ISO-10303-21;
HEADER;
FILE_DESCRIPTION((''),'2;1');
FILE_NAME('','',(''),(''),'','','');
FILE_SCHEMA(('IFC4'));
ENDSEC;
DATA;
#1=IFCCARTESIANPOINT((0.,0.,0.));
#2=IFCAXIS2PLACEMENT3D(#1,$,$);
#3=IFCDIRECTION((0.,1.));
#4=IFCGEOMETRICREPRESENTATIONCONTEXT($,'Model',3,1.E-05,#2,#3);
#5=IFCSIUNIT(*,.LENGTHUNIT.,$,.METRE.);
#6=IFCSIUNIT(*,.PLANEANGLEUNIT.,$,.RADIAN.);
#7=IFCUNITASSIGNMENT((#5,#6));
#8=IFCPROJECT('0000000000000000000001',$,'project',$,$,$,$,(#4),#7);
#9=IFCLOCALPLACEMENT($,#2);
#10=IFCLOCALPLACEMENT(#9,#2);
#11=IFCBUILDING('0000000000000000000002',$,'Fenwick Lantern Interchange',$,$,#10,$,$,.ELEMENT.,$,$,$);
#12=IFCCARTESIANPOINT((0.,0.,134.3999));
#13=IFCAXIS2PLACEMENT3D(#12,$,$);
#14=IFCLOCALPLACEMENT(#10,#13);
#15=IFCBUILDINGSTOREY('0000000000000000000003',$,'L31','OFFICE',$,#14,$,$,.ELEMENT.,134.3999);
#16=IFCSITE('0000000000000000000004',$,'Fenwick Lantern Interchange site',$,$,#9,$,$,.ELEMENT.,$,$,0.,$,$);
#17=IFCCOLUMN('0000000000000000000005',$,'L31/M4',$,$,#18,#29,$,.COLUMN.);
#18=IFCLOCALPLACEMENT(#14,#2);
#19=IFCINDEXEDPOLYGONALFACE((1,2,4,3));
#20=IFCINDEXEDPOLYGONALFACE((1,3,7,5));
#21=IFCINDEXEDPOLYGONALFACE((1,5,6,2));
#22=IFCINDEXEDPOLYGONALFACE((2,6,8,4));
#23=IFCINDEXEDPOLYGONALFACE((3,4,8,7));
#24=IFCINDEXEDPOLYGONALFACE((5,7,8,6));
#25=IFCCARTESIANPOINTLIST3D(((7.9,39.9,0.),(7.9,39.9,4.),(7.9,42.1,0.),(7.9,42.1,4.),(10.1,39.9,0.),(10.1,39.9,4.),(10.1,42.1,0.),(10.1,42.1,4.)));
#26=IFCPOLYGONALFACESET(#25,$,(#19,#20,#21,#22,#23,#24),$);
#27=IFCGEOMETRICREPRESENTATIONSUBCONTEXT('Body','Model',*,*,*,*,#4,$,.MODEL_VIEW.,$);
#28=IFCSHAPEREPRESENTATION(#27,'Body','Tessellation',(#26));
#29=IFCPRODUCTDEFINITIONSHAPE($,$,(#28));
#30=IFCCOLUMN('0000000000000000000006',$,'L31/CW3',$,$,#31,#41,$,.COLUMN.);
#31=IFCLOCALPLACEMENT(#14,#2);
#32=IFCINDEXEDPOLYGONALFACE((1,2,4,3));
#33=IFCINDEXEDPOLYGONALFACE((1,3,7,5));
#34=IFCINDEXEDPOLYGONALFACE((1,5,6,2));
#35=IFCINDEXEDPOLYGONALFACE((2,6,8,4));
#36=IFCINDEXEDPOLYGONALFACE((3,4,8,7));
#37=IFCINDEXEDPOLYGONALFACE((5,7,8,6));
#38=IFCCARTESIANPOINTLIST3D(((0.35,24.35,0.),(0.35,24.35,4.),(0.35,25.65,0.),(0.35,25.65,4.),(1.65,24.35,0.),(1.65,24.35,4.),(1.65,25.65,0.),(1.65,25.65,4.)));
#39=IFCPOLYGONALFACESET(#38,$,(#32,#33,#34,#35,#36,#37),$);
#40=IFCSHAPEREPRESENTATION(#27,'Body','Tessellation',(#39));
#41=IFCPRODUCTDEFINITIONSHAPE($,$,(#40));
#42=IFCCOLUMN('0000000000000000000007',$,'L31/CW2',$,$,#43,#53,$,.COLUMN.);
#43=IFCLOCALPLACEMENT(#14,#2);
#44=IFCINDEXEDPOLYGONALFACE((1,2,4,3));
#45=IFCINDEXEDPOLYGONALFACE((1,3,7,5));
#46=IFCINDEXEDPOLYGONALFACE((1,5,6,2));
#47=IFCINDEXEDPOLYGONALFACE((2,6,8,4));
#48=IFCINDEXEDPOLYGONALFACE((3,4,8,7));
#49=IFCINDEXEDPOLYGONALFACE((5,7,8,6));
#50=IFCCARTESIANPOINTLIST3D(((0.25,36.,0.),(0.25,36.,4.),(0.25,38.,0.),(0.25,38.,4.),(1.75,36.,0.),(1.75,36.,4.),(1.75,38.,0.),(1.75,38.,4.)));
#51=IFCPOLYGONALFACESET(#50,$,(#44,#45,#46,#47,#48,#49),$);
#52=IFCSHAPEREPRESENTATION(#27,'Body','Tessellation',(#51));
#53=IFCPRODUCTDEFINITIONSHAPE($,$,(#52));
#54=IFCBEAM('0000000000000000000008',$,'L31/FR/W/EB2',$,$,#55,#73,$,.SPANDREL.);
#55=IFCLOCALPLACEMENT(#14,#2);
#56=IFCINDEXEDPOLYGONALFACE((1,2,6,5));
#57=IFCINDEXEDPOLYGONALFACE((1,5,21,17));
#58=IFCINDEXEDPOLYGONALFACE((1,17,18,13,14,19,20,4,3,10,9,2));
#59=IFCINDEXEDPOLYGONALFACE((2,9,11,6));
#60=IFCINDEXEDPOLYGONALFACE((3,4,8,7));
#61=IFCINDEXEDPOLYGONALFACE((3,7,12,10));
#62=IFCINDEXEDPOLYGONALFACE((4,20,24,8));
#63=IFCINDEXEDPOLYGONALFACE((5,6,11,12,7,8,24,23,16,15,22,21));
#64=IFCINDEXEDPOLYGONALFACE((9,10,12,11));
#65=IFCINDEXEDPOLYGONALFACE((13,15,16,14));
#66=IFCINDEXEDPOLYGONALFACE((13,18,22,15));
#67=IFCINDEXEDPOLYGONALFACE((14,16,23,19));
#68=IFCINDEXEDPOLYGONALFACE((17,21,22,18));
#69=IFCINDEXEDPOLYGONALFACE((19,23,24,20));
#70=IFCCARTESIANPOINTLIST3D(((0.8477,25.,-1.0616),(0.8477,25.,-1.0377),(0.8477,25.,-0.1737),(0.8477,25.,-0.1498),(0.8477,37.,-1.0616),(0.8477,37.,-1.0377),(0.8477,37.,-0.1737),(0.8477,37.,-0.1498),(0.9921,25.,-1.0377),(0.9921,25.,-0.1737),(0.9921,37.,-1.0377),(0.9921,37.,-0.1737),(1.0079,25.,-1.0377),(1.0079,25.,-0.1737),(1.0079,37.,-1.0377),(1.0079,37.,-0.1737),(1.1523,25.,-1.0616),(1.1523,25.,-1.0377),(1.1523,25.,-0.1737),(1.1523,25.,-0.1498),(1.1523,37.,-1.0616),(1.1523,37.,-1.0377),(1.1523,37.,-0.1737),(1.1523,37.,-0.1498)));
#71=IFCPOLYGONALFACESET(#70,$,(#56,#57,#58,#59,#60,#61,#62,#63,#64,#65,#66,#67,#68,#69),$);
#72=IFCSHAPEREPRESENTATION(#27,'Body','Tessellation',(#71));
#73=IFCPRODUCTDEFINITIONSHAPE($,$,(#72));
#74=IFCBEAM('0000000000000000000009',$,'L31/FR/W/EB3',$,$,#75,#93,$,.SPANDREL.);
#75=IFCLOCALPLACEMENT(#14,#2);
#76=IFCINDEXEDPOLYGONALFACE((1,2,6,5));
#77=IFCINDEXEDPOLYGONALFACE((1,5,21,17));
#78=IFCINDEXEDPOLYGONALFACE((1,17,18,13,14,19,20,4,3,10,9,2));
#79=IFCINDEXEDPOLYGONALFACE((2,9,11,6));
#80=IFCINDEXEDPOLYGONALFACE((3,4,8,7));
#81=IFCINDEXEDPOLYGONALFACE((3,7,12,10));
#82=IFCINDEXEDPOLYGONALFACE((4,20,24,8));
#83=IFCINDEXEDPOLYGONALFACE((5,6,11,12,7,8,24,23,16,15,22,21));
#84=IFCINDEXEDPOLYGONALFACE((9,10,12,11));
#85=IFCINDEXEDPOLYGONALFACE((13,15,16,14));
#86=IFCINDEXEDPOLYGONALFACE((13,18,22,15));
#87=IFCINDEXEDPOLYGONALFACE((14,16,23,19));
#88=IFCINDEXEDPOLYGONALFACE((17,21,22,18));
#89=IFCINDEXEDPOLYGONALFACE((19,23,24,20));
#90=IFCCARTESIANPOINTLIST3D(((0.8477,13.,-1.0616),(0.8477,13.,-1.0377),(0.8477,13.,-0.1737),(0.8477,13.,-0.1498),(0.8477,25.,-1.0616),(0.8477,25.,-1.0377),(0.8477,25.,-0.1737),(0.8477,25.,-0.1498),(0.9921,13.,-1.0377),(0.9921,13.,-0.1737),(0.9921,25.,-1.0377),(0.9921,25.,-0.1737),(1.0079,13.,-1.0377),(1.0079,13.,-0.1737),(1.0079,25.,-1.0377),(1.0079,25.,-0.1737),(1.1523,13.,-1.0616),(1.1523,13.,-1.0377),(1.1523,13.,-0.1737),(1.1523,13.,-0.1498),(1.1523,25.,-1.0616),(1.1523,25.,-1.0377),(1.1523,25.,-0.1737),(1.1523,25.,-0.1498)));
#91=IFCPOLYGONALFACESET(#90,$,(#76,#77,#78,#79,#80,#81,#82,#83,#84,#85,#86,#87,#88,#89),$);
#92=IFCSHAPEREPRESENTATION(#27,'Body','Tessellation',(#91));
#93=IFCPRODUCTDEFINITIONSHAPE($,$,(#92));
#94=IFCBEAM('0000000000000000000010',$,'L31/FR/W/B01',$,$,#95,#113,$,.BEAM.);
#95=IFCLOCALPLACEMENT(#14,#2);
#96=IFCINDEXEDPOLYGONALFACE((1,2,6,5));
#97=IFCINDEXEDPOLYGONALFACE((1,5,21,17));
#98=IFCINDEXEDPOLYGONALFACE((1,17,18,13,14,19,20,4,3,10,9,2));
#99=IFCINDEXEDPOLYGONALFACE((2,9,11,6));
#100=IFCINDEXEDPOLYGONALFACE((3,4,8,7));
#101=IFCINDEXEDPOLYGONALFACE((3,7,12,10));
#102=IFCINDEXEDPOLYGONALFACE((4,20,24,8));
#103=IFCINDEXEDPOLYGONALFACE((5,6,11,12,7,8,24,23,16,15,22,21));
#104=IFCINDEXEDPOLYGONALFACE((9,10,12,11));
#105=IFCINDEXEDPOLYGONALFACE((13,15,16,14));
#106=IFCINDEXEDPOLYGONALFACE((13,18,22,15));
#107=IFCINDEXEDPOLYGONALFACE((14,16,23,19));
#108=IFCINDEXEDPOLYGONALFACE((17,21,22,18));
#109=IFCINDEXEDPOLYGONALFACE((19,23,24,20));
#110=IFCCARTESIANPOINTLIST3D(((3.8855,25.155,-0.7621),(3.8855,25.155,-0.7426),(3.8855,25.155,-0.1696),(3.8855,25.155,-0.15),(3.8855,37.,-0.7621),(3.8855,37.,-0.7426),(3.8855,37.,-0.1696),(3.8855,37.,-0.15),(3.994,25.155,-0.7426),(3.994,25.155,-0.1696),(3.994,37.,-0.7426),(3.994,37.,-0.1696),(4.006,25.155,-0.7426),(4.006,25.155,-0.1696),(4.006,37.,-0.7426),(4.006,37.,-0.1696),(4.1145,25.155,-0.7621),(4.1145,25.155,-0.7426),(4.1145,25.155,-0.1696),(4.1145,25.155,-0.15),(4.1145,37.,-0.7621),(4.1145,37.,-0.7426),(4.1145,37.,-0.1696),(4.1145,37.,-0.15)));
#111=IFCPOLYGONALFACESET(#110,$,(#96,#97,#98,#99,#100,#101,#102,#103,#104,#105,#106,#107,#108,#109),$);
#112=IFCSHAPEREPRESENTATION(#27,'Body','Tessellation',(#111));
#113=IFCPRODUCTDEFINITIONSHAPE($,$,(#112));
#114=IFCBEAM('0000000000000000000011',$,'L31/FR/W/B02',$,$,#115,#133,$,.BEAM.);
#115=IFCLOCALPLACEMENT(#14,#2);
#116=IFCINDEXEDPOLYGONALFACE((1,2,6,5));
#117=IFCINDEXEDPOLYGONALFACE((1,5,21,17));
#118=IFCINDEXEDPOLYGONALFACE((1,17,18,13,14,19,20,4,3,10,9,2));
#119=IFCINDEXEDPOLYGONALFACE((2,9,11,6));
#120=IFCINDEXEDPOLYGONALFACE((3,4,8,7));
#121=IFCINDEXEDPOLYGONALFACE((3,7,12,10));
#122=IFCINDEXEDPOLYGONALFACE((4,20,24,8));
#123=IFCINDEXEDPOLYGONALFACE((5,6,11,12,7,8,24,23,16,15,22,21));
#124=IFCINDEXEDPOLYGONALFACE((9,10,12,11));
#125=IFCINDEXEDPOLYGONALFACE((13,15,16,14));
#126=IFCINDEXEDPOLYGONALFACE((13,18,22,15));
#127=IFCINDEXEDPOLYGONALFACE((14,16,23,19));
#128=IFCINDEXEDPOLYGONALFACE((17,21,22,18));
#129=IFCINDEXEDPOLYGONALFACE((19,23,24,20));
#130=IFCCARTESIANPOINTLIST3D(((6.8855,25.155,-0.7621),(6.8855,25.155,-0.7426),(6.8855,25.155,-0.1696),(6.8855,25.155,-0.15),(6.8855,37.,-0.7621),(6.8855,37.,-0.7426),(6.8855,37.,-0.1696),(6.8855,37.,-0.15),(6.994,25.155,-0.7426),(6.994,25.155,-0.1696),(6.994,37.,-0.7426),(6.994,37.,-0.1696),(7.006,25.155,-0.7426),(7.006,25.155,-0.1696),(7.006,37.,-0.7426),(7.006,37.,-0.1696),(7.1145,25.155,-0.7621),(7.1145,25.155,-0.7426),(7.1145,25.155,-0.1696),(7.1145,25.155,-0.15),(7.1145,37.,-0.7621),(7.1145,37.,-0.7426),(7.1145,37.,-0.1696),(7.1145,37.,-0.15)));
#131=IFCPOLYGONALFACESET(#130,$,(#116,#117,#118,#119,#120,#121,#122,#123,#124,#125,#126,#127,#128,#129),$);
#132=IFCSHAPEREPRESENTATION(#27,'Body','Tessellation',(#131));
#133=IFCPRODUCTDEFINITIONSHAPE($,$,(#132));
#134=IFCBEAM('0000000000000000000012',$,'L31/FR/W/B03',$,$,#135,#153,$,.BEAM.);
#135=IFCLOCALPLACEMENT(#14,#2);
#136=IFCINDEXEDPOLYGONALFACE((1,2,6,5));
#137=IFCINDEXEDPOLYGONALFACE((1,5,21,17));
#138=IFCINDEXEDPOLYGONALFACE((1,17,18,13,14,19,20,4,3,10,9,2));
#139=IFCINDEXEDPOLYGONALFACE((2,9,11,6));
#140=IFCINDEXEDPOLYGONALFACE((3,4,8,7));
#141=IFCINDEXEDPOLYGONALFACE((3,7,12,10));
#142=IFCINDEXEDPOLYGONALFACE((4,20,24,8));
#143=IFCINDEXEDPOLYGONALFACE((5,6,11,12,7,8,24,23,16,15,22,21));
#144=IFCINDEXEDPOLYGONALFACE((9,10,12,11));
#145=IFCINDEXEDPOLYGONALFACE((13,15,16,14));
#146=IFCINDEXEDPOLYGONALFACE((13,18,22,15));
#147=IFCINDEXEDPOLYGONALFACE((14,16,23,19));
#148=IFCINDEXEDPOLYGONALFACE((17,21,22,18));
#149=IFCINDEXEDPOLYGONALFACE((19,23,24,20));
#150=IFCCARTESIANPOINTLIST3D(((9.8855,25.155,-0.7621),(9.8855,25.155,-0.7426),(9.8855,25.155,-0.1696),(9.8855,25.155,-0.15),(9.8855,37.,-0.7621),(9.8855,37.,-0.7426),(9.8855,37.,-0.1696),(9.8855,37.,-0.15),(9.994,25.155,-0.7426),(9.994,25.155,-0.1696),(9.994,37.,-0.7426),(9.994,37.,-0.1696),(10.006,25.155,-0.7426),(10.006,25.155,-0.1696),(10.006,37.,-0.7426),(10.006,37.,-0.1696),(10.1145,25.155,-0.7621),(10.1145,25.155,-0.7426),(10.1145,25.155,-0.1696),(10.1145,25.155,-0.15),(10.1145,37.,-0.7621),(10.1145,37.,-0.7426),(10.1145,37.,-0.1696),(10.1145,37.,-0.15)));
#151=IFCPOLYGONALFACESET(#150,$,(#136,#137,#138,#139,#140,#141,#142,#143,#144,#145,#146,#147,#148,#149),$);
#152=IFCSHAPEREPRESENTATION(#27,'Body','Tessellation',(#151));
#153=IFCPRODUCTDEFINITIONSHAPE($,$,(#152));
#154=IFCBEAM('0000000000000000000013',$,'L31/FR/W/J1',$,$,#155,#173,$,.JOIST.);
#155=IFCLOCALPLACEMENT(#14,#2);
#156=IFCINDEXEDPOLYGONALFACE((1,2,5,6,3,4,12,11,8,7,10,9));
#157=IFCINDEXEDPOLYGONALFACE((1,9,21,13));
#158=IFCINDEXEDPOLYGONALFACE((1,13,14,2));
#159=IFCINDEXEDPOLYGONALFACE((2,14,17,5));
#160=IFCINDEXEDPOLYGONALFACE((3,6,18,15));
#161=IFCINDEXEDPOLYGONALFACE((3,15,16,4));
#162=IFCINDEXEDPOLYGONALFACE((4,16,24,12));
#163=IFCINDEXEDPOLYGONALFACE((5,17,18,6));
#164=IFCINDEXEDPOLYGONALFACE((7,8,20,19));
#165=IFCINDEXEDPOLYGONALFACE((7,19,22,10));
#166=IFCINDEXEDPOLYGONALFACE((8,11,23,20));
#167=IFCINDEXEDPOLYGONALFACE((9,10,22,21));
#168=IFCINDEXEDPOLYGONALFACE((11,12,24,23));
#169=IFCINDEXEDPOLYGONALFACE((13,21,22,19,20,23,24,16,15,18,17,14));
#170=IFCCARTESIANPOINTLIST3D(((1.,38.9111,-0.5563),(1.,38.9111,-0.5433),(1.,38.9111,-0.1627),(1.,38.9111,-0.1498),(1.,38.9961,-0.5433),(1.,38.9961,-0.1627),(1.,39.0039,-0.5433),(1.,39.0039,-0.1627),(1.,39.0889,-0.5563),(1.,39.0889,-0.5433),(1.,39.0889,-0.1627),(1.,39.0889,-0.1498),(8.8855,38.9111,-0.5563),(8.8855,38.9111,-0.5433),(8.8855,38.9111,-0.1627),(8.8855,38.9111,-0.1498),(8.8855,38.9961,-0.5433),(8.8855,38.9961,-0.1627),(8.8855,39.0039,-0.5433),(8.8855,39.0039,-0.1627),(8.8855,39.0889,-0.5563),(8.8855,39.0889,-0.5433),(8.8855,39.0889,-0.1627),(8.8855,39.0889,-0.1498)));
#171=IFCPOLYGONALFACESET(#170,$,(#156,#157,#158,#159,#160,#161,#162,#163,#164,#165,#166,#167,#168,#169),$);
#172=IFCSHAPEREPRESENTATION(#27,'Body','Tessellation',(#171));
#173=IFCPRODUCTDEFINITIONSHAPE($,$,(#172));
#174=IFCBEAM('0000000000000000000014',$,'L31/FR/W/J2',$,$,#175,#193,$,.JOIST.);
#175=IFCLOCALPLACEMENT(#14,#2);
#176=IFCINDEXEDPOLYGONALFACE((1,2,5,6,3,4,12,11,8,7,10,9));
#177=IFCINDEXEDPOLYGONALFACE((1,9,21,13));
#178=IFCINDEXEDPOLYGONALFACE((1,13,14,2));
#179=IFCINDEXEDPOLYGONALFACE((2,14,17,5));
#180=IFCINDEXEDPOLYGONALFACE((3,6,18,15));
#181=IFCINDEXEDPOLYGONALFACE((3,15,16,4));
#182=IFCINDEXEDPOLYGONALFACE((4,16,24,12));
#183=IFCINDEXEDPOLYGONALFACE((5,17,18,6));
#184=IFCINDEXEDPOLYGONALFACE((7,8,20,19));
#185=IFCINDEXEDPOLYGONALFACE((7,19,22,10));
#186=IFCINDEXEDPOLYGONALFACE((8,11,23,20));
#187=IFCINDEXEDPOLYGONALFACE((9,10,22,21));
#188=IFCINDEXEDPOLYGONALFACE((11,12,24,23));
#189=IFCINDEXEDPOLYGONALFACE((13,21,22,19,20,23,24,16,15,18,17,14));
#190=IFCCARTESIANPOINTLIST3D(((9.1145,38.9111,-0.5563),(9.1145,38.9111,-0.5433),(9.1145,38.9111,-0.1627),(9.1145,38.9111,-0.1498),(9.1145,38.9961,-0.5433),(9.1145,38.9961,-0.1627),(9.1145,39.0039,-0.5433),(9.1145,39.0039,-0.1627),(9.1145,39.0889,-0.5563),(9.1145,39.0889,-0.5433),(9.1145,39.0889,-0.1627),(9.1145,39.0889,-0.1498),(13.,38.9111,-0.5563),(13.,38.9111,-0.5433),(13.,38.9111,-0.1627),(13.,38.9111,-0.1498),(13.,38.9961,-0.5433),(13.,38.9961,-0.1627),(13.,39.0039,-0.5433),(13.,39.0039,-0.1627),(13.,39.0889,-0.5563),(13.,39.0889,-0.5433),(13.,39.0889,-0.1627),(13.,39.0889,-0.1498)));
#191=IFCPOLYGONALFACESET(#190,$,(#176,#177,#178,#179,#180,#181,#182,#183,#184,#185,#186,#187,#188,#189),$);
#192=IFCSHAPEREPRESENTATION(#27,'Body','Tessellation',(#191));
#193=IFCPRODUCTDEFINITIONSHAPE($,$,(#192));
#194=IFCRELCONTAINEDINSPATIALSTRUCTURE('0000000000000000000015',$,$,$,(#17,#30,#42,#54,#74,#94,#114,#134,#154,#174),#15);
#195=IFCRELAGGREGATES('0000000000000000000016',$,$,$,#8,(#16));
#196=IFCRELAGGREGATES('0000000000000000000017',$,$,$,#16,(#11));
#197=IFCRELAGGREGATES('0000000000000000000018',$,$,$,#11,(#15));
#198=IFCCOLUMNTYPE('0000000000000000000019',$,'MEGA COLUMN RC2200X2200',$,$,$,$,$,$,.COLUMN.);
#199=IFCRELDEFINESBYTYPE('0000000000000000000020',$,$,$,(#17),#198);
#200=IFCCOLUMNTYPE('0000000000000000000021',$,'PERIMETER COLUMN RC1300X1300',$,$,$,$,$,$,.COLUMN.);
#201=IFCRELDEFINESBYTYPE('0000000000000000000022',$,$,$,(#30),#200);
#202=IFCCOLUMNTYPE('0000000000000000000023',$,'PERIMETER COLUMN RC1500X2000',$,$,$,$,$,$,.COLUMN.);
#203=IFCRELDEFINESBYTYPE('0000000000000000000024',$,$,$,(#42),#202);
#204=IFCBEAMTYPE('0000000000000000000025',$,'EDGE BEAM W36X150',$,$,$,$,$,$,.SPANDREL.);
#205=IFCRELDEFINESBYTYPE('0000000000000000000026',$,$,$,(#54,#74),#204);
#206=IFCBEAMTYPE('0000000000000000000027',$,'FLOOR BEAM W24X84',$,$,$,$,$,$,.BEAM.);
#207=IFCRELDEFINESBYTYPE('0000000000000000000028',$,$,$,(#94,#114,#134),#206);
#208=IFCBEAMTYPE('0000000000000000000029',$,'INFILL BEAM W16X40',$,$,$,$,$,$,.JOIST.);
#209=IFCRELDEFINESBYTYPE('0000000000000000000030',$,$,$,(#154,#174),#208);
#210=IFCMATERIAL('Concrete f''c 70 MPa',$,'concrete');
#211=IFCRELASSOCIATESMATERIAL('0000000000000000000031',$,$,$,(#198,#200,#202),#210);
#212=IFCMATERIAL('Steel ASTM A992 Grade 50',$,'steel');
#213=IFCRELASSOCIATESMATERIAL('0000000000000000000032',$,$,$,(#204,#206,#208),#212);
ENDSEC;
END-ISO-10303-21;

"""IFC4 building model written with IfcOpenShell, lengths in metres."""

from ifc_helpers import new_model, si_unit, direction, frame, origin, origin_2d, place, context, subcontext, project, spatial, rectangle, i_section, extrude, material, material_profile, profile_set, type_object, element, save


model = new_model("IFC4")

# Units and contexts
model_context = context("Model", 3, precision=1e-05, world=origin(), true_north=direction((0.0, 1.0)))
body_context = subcontext(model_context, "Body", "Model", "MODEL_VIEW")
ifc_project = project(units=[si_unit("LENGTHUNIT", "METRE"), si_unit("PLANEANGLEUNIT", "RADIAN")], contexts=[model_context])

# Site, building, storey
site_placement = place(None, origin())
site = spatial("IfcSite", under=ifc_project, at=site_placement, Name="Fenwick Lantern Interchange site", CompositionType="ELEMENT", RefElevation=0.0)
building_placement = place(site_placement, origin())
building = spatial("IfcBuilding", under=site, at=building_placement, Name="Fenwick Lantern Interchange", CompositionType="ELEMENT")
storey_placement = place(building_placement, frame((0.0, 0.0, 134.3999)))
storey = spatial("IfcBuildingStorey", under=building, at=storey_placement, Name="L31", Description="OFFICE", CompositionType="ELEMENT", Elevation=134.3999)

# Columns
ifc_material_1 = material(Name="Concrete f'c 70 MPa", Category="concrete")
ifc_material_profile_1 = material_profile(ifc_material_1, rectangle(XDim=2.2, YDim=2.2, at=origin_2d()), Name="RC2200X2200")
ifc_profile_set_1 = profile_set([ifc_material_profile_1], Name="Concrete f'c 70 MPa")
column_type_1 = type_object("IfcColumnType", Name="MEGA COLUMN RC2200X2200", PredefinedType="COLUMN", material=ifc_profile_set_1)
column_1_placement = place(storey_placement, frame((9.0, 41.0, 0.0), z_axis=(0.0, 0.0, 1.0), x_axis=(1.0, 0.0, 0.0)))
element("IfcColumn", 1, at=column_1_placement, inside=storey, type_object=column_type_1, Name="L31/M4", PredefinedType="COLUMN", context=body_context, shape_type="SweptSolid", body=[
    extrude(rectangle(XDim=2.2, YDim=2.2, at=origin_2d()), origin(), (0.0, 0.0, 1.0), 4.0),
])
ifc_material_profile_2 = material_profile(ifc_material_1, rectangle(XDim=1.3, YDim=1.3, at=origin_2d()), Name="RC1300X1300")
ifc_profile_set_2 = profile_set([ifc_material_profile_2], Name="Concrete f'c 70 MPa")
column_type_2 = type_object("IfcColumnType", Name="PERIMETER COLUMN RC1300X1300", PredefinedType="COLUMN", material=ifc_profile_set_2)
column_2_placement = place(storey_placement, frame((1.0, 25.0, 0.0), z_axis=(0.0, 0.0, 1.0), x_axis=(1.0, 0.0, 0.0)))
element("IfcColumn", 2, at=column_2_placement, inside=storey, type_object=column_type_2, Name="L31/CW3", PredefinedType="COLUMN", context=body_context, shape_type="SweptSolid", body=[
    extrude(rectangle(XDim=1.3, YDim=1.3, at=origin_2d()), origin(), (0.0, 0.0, 1.0), 4.0),
])
ifc_material_profile_3 = material_profile(ifc_material_1, rectangle(XDim=1.5, YDim=2.0, at=origin_2d()), Name="RC1500X2000")
ifc_profile_set_3 = profile_set([ifc_material_profile_3], Name="Concrete f'c 70 MPa")
column_type_3 = type_object("IfcColumnType", Name="PERIMETER COLUMN RC1500X2000", PredefinedType="COLUMN", material=ifc_profile_set_3)
column_3_placement = place(storey_placement, frame((1.0, 37.0, 0.0), z_axis=(0.0, 0.0, 1.0), x_axis=(1.0, 0.0, 0.0)))
element("IfcColumn", 3, at=column_3_placement, inside=storey, type_object=column_type_3, Name="L31/CW2", PredefinedType="COLUMN", context=body_context, shape_type="SweptSolid", body=[
    extrude(rectangle(XDim=1.5, YDim=2.0, at=origin_2d()), origin(), (0.0, 0.0, 1.0), 4.0),
])

# Beams
ifc_material_2 = material(Name="Steel ASTM A992 Grade 50", Category="steel")
ifc_material_profile_4 = material_profile(ifc_material_2, i_section(OverallWidth=0.3047, OverallDepth=0.9119, WebThickness=0.0159, FlangeThickness=0.0239, at=origin_2d()), Name="W36X150")
ifc_profile_set_4 = profile_set([ifc_material_profile_4], Name="Steel ASTM A992 Grade 50")
beam_type_1 = type_object("IfcBeamType", Name="EDGE BEAM W36X150", PredefinedType="SPANDREL", material=ifc_profile_set_4)
for number, where, z_axis, x_axis, name in (
    (4, (1.0, 37.0, -0.6057), (0.0, -1.0, 0.0), (1.0, 0.0, 0.0), "L31/FR/W/EB2"),
    (5, (1.0, 25.0, -0.6057), (0.0, -1.0, 0.0), (1.0, 0.0, 0.0), "L31/FR/W/EB3"),
):
    element("IfcBeam", number, at=place(storey_placement, frame(where, z_axis=z_axis, x_axis=x_axis)), inside=storey, type_object=beam_type_1, Name=name, PredefinedType="SPANDREL", context=body_context, shape_type="SweptSolid", body=[
        extrude(i_section(OverallWidth=0.3047, OverallDepth=0.9119, WebThickness=0.0159, FlangeThickness=0.0239, at=origin_2d()), origin(), (0.0, 0.0, 1.0), 12.0),
    ])
ifc_material_profile_5 = material_profile(ifc_material_2, i_section(OverallWidth=0.229, OverallDepth=0.6121, WebThickness=0.012, FlangeThickness=0.0195, at=origin_2d()), Name="W24X84")
ifc_profile_set_5 = profile_set([ifc_material_profile_5], Name="Steel ASTM A992 Grade 50")
beam_type_2 = type_object("IfcBeamType", Name="FLOOR BEAM W24X84", PredefinedType="BEAM", material=ifc_profile_set_5)
for number, where, z_axis, x_axis, name in (
    (6, (4.0, 37.0, -0.4561), (0.0, -1.0, 0.0), (1.0, 0.0, 0.0), "L31/FR/W/B01"),
    (7, (7.0, 37.0, -0.4561), (0.0, -1.0, 0.0), (1.0, 0.0, 0.0), "L31/FR/W/B02"),
    (8, (10.0, 37.0, -0.4561), (0.0, -1.0, 0.0), (1.0, 0.0, 0.0), "L31/FR/W/B03"),
):
    element("IfcBeam", number, at=place(storey_placement, frame(where, z_axis=z_axis, x_axis=x_axis)), inside=storey, type_object=beam_type_2, Name=name, PredefinedType="BEAM", context=body_context, shape_type="SweptSolid", body=[
        extrude(i_section(OverallWidth=0.229, OverallDepth=0.6121, WebThickness=0.012, FlangeThickness=0.0195, at=origin_2d()), origin(), (0.0, 0.0, 1.0), 11.845),
    ])
ifc_material_profile_6 = material_profile(ifc_material_2, i_section(OverallWidth=0.1777, OverallDepth=0.4065, WebThickness=0.0078, FlangeThickness=0.0129, at=origin_2d()), Name="W16X40")
ifc_profile_set_6 = profile_set([ifc_material_profile_6], Name="Steel ASTM A992 Grade 50")
beam_type_3 = type_object("IfcBeamType", Name="INFILL BEAM W16X40", PredefinedType="JOIST", material=ifc_profile_set_6)
beam_1_placement = place(storey_placement, frame((1.0, 39.0, -0.353), z_axis=(1.0, 0.0, 0.0), x_axis=(0.0, 1.0, 0.0)))
element("IfcBeam", 9, at=beam_1_placement, inside=storey, type_object=beam_type_3, Name="L31/FR/W/J1", PredefinedType="JOIST", context=body_context, shape_type="SweptSolid", body=[
    extrude(i_section(OverallWidth=0.1777, OverallDepth=0.4065, WebThickness=0.0078, FlangeThickness=0.0129, at=origin_2d()), origin(), (0.0, 0.0, 1.0), 7.8855),
])
beam_2_placement = place(storey_placement, frame((9.1145, 39.0, -0.353), z_axis=(1.0, 0.0, 0.0), x_axis=(0.0, 1.0, 0.0)))
element("IfcBeam", 10, at=beam_2_placement, inside=storey, type_object=beam_type_3, Name="L31/FR/W/J2", PredefinedType="JOIST", context=body_context, shape_type="SweptSolid", body=[
    extrude(i_section(OverallWidth=0.1777, OverallDepth=0.4065, WebThickness=0.0078, FlangeThickness=0.0129, at=origin_2d()), origin(), (0.0, 0.0, 1.0), 3.8855),
])

save(model, "model.ifc")
